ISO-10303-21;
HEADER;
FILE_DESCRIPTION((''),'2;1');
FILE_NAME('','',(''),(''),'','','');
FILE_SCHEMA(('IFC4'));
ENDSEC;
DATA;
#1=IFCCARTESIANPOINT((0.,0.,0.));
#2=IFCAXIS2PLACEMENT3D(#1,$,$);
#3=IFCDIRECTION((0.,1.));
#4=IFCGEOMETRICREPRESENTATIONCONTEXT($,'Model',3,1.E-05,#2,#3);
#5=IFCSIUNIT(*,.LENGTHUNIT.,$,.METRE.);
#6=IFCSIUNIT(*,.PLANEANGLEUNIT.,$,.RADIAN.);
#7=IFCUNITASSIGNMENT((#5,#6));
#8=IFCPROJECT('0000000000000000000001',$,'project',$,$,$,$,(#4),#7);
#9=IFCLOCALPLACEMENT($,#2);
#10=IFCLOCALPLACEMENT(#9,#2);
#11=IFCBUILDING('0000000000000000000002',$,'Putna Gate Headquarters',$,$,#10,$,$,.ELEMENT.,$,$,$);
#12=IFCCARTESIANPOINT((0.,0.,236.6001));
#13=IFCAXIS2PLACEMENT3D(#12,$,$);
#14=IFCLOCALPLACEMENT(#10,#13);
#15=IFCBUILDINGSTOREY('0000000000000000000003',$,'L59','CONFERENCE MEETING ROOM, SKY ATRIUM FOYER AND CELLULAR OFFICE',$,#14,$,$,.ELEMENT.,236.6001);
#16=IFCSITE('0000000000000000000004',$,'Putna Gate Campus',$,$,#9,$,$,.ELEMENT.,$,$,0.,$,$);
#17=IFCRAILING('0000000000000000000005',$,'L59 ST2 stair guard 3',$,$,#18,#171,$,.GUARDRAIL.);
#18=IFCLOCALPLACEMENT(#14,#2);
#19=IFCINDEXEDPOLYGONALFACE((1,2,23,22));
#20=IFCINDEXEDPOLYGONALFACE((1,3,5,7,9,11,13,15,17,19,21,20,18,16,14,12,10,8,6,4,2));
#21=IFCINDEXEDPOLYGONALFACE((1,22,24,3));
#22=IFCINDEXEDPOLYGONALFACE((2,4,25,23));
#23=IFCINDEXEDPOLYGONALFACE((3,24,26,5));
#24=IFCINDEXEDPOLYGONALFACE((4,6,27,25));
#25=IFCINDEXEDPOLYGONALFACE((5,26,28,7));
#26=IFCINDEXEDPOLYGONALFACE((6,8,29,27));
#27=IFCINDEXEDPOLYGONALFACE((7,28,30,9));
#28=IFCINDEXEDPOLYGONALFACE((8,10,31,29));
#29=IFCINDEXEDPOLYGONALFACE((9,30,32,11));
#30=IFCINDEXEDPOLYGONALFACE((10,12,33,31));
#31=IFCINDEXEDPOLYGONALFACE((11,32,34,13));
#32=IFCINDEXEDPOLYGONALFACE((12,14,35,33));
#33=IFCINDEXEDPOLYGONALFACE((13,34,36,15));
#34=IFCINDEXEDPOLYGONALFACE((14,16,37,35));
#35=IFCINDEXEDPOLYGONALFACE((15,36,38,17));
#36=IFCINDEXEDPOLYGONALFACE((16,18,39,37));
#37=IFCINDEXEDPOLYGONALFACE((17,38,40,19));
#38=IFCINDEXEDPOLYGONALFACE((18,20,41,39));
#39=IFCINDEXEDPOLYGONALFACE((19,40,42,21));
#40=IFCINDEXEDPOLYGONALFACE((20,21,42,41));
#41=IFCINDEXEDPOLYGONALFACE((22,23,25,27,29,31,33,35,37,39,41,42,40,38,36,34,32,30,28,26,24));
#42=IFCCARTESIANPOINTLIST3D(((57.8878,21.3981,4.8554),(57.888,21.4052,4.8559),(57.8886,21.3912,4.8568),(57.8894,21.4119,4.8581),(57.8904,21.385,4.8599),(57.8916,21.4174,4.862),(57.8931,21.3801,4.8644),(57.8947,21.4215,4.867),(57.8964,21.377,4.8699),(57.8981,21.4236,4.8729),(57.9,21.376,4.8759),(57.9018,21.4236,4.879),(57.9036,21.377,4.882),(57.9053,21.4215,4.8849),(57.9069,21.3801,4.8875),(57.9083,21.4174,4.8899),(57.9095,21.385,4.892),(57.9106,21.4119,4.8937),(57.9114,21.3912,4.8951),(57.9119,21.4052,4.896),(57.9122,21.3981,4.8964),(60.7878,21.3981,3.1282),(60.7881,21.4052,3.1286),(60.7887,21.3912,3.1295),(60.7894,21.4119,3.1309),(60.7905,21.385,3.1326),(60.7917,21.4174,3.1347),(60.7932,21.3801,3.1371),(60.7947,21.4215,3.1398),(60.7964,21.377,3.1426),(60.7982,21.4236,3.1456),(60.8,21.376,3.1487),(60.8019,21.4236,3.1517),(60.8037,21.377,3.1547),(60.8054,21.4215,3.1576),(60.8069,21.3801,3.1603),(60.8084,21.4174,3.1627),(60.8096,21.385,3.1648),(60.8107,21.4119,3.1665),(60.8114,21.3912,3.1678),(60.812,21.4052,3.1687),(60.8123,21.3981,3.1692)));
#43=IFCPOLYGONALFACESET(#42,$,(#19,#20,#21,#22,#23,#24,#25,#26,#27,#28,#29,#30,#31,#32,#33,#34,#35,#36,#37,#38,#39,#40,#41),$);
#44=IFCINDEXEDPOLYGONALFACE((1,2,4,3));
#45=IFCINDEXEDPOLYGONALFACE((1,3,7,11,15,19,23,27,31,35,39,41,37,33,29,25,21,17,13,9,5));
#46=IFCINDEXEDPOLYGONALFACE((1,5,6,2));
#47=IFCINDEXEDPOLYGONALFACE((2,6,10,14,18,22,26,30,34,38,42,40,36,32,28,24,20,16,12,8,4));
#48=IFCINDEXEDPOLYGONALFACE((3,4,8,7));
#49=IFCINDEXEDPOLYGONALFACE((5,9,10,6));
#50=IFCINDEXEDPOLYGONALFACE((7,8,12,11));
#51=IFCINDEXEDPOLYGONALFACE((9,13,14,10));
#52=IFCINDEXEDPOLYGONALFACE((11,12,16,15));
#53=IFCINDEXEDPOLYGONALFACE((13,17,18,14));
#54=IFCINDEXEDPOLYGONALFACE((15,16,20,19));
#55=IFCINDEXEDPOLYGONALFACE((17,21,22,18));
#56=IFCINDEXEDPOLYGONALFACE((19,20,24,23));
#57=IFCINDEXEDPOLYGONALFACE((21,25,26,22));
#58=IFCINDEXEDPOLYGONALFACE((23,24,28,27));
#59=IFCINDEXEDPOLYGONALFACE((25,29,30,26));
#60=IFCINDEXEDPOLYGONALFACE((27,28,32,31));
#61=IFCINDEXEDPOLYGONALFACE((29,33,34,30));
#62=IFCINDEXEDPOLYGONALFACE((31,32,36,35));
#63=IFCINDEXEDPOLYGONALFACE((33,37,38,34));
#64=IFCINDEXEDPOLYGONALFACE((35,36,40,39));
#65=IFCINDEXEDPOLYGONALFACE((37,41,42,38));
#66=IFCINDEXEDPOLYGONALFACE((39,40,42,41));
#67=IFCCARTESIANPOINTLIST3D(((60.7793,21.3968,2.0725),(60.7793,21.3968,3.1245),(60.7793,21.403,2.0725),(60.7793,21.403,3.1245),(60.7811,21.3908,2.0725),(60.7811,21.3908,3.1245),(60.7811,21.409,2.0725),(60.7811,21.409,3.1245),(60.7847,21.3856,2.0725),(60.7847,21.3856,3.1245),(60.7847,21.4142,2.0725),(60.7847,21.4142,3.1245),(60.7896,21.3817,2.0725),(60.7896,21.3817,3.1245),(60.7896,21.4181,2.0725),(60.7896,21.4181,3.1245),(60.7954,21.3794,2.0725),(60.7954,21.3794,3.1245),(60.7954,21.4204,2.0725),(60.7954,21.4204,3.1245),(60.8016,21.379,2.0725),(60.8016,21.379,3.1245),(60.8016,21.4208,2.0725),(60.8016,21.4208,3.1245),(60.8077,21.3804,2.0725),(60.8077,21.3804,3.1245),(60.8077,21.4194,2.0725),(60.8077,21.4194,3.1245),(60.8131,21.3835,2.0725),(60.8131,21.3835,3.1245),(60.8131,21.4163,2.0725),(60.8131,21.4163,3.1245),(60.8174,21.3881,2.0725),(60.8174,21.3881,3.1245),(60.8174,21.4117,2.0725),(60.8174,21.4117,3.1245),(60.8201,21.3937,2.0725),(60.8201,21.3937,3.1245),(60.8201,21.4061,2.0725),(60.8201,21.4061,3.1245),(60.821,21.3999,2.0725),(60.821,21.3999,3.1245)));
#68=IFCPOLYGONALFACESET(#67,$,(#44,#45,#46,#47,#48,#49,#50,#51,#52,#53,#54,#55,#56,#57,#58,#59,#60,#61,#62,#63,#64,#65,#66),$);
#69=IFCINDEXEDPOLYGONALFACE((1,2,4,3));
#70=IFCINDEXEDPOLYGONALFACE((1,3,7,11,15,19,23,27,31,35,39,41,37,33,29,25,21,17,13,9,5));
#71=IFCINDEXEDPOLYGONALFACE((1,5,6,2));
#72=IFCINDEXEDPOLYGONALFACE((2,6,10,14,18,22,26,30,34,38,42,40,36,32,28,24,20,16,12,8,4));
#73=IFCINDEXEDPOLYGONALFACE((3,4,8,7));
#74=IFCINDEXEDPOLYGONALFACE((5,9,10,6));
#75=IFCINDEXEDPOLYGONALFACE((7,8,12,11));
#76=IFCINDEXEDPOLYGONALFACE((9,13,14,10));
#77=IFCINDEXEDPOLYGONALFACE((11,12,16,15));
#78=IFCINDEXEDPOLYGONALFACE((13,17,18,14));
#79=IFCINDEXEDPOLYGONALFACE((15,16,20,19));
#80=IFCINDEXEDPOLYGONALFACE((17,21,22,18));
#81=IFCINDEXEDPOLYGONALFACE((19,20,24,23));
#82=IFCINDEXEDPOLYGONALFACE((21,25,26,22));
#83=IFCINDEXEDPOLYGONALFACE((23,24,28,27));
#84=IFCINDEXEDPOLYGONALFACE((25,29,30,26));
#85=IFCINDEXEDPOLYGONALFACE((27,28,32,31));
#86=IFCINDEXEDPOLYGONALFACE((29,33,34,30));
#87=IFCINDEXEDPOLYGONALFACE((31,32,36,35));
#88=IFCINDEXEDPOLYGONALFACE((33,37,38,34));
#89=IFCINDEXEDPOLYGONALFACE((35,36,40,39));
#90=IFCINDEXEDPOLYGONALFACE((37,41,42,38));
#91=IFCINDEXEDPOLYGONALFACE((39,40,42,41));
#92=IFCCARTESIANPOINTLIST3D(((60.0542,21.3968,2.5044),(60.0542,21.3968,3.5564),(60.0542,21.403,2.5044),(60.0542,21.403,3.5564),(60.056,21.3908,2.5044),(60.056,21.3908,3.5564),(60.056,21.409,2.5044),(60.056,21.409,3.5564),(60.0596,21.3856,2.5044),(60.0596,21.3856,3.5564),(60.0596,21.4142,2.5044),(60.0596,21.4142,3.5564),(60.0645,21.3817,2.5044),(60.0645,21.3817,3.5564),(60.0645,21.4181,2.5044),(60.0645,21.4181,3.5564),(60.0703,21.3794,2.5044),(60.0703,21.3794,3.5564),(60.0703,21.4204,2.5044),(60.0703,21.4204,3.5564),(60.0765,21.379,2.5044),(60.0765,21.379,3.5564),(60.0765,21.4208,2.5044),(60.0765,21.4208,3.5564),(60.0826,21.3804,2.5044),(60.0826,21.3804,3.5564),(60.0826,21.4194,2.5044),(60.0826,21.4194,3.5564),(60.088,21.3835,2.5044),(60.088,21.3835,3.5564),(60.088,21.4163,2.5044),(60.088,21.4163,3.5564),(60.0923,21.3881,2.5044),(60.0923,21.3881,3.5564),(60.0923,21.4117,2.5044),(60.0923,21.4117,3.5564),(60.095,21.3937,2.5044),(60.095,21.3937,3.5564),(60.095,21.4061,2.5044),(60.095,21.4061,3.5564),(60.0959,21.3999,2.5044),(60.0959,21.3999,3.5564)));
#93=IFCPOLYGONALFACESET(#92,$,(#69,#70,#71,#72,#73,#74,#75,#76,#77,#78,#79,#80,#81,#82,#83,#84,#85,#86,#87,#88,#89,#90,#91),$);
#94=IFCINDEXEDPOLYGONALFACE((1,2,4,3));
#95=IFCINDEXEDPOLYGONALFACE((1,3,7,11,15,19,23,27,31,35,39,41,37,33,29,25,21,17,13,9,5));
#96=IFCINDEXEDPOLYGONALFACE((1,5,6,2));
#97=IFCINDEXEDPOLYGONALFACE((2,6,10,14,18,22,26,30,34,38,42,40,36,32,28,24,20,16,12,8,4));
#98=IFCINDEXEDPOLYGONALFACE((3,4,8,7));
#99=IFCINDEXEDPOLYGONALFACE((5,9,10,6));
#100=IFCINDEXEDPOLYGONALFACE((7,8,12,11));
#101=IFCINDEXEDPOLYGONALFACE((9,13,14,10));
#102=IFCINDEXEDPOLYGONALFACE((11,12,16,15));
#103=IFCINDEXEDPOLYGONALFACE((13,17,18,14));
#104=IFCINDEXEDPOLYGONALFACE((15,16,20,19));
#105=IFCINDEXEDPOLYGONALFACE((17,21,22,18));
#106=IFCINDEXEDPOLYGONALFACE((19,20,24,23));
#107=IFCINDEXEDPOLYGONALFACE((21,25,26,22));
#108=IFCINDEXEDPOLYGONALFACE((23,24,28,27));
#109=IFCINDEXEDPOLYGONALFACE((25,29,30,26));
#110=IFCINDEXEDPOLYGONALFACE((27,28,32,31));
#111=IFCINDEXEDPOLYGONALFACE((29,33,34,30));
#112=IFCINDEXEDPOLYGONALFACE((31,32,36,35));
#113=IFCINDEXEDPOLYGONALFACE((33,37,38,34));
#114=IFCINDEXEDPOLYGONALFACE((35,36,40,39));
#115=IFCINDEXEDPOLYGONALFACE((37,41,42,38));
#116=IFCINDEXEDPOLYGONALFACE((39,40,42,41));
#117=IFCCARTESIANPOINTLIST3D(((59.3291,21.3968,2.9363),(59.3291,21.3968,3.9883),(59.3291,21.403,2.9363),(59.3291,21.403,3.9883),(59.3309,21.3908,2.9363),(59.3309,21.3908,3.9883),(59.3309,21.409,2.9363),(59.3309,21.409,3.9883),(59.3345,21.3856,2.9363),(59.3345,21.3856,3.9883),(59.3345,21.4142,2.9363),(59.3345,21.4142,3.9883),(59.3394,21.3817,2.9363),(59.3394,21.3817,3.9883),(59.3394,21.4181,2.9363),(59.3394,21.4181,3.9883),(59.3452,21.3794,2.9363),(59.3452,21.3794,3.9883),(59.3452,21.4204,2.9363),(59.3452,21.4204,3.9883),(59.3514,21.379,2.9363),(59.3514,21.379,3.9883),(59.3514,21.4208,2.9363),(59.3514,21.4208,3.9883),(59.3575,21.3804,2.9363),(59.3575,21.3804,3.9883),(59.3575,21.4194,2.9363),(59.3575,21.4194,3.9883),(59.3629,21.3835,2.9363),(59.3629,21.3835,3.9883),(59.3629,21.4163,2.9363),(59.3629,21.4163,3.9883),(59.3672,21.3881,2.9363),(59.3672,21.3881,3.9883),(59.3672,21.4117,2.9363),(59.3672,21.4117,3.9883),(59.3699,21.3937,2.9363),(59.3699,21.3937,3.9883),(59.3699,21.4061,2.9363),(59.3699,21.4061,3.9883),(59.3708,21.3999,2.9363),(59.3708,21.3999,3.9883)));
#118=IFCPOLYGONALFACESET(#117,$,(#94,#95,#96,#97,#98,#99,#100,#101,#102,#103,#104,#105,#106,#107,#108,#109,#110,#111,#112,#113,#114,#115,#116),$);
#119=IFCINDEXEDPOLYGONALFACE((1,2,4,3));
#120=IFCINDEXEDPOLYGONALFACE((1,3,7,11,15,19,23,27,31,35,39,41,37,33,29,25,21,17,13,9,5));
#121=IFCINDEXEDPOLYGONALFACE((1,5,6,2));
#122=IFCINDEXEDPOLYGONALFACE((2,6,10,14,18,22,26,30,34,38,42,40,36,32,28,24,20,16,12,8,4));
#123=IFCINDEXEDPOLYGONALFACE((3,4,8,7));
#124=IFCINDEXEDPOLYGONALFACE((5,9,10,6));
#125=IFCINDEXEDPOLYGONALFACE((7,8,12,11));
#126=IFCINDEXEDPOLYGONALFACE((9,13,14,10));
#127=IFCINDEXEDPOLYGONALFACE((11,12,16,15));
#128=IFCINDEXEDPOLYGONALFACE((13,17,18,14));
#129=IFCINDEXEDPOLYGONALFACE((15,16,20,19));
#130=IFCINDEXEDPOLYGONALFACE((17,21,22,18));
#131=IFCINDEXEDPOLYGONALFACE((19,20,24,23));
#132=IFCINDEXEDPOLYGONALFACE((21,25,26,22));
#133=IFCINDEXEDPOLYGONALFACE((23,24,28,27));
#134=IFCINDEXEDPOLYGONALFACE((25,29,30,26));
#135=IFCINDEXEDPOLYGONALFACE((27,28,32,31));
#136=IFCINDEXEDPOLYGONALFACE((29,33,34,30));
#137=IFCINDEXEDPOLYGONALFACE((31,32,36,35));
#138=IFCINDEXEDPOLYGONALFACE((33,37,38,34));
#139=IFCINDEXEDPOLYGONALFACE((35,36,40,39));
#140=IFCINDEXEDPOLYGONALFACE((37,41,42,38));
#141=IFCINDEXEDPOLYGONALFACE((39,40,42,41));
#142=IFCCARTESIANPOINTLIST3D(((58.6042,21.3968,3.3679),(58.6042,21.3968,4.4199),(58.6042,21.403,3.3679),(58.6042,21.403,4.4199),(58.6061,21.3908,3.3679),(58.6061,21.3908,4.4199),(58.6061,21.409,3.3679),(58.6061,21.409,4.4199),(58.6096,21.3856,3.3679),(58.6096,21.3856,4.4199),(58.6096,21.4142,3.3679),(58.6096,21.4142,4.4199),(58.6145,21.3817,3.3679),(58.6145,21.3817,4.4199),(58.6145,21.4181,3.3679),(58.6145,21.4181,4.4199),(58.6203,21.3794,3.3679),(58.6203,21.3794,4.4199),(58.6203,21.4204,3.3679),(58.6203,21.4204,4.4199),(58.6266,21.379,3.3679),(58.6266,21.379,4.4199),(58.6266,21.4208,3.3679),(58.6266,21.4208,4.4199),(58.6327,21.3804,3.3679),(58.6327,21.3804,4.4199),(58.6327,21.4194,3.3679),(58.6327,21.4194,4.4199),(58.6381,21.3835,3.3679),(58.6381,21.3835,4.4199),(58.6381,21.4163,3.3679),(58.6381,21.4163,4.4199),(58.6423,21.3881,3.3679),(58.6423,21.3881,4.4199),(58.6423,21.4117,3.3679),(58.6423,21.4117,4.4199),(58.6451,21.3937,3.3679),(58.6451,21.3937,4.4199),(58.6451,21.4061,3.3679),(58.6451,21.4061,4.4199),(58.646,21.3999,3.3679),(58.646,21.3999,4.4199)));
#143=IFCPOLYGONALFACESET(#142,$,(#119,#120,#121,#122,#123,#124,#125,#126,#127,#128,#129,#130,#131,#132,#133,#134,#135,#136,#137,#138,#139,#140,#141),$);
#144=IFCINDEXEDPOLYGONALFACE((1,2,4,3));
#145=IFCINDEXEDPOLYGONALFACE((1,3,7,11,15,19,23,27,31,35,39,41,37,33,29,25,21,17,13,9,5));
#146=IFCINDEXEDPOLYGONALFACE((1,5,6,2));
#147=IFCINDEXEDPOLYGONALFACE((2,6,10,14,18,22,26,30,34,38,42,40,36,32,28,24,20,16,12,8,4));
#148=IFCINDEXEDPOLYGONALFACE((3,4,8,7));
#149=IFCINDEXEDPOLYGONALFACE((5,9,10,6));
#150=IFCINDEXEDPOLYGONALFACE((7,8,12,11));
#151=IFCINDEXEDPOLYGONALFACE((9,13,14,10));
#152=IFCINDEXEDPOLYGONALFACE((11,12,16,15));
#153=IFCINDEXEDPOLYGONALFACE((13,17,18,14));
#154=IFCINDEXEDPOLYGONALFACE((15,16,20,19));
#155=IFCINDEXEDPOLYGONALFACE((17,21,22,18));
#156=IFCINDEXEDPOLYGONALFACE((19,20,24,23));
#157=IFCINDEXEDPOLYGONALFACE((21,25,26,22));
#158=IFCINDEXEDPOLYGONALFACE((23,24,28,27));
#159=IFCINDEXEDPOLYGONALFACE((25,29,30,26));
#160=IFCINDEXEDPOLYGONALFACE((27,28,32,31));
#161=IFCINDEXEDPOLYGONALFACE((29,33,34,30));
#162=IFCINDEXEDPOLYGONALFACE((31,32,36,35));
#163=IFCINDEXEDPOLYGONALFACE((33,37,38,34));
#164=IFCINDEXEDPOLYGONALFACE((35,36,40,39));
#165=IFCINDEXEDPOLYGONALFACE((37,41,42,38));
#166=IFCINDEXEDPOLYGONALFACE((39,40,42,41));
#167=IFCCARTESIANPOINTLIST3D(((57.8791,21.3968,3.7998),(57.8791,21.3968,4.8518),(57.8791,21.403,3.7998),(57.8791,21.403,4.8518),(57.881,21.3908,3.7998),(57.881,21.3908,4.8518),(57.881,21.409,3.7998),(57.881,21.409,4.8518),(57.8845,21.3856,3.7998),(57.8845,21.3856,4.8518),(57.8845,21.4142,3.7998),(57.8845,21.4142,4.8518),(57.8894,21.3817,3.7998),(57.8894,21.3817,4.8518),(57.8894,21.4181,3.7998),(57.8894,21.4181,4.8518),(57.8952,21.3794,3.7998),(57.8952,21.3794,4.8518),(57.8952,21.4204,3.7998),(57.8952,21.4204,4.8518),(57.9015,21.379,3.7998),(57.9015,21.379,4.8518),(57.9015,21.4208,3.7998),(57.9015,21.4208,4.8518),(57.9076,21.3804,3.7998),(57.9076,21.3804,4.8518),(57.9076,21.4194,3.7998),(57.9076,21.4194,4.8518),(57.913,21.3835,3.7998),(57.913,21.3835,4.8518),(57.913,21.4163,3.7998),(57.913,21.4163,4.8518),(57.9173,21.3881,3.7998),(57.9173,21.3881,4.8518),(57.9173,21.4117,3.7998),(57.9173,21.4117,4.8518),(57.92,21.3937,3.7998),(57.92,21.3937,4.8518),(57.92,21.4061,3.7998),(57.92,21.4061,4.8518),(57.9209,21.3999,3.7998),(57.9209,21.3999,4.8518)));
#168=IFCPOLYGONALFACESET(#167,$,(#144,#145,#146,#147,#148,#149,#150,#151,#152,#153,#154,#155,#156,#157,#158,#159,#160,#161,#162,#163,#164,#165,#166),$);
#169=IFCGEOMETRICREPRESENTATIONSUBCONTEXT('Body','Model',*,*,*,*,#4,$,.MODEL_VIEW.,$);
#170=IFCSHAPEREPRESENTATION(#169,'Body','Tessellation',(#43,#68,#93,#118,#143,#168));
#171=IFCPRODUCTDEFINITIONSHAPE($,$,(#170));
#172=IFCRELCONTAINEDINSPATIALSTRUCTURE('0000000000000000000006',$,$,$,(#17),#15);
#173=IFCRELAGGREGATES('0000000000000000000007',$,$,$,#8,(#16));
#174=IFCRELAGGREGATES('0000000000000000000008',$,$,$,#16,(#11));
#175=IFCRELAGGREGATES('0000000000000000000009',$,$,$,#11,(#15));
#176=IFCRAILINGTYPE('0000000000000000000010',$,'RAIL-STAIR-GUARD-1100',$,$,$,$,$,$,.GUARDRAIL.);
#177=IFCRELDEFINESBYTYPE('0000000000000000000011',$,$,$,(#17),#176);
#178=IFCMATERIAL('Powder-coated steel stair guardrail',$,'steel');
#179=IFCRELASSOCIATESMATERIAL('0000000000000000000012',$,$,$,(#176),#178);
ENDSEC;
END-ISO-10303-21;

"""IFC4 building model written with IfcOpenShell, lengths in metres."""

from ifc_helpers import new_model, si_unit, direction, frame, origin, origin_2d, place, context, subcontext, project, spatial, circle, extrude, material, type_object, element, save


model = new_model("IFC4")

# Units and contexts
model_context = context("Model", 3, precision=1e-05, world=origin(), true_north=direction((0.0, 1.0)))
body_context = subcontext(model_context, "Body", "Model", "MODEL_VIEW")
ifc_project = project(units=[si_unit("LENGTHUNIT", "METRE"), si_unit("PLANEANGLEUNIT", "RADIAN")], contexts=[model_context])

# Site, building, storey
site_placement = place(None, origin())
site = spatial("IfcSite", under=ifc_project, at=site_placement, Name="Putna Gate Campus", CompositionType="ELEMENT", RefElevation=0.0)
building_placement = place(site_placement, origin())
building = spatial("IfcBuilding", under=site, at=building_placement, Name="Putna Gate Headquarters", CompositionType="ELEMENT")
storey_placement = place(building_placement, frame((0.0, 0.0, 236.6001)))
storey = spatial("IfcBuildingStorey", under=building, at=storey_placement, Name="L59", Description="CONFERENCE MEETING ROOM, SKY ATRIUM FOYER AND CELLULAR OFFICE", CompositionType="ELEMENT", Elevation=236.6001)

# Railing
ifc_material_1 = material(Name="Powder-coated steel stair guardrail", Category="steel")
railing_type_1 = type_object("IfcRailingType", Name="RAIL-STAIR-GUARD-1100", PredefinedType="GUARDRAIL", material=ifc_material_1)
railing_1_placement = place(storey_placement, frame((60.8, 21.3999, 2.0725)))
element("IfcRailing", 1, at=railing_1_placement, inside=storey, type_object=railing_type_1, Name="L59 ST2 stair guard 3", PredefinedType="GUARDRAIL", context=body_context, shape_type="SweptSolid", body=[
    extrude(circle(Radius=0.0239, at=origin_2d()), frame((0.0, 0.0, 1.0762), z_axis=(-0.85916, 0.0, 0.511706), x_axis=(0.0, -1.0, 0.0)), (0.0, 0.0, 1.0), 3.3755),
    extrude(circle(Radius=0.021, at=origin_2d()), origin(), (0.0, 0.0, 1.0), 1.052),
    extrude(circle(Radius=0.021, at=origin_2d()), frame((-0.7251, 0.0, 0.4319)), (0.0, 0.0, 1.0), 1.052),
    extrude(circle(Radius=0.021, at=origin_2d()), frame((-1.4502, 0.0, 0.8638)), (0.0, 0.0, 1.0), 1.052),
    extrude(circle(Radius=0.021, at=origin_2d()), frame((-2.175, 0.0, 1.2954)), (0.0, 0.0, 1.0), 1.052),
    extrude(circle(Radius=0.021, at=origin_2d()), frame((-2.9001, 0.0, 1.7273)), (0.0, 0.0, 1.0), 1.052),
])

save(model, "model.ifc")
